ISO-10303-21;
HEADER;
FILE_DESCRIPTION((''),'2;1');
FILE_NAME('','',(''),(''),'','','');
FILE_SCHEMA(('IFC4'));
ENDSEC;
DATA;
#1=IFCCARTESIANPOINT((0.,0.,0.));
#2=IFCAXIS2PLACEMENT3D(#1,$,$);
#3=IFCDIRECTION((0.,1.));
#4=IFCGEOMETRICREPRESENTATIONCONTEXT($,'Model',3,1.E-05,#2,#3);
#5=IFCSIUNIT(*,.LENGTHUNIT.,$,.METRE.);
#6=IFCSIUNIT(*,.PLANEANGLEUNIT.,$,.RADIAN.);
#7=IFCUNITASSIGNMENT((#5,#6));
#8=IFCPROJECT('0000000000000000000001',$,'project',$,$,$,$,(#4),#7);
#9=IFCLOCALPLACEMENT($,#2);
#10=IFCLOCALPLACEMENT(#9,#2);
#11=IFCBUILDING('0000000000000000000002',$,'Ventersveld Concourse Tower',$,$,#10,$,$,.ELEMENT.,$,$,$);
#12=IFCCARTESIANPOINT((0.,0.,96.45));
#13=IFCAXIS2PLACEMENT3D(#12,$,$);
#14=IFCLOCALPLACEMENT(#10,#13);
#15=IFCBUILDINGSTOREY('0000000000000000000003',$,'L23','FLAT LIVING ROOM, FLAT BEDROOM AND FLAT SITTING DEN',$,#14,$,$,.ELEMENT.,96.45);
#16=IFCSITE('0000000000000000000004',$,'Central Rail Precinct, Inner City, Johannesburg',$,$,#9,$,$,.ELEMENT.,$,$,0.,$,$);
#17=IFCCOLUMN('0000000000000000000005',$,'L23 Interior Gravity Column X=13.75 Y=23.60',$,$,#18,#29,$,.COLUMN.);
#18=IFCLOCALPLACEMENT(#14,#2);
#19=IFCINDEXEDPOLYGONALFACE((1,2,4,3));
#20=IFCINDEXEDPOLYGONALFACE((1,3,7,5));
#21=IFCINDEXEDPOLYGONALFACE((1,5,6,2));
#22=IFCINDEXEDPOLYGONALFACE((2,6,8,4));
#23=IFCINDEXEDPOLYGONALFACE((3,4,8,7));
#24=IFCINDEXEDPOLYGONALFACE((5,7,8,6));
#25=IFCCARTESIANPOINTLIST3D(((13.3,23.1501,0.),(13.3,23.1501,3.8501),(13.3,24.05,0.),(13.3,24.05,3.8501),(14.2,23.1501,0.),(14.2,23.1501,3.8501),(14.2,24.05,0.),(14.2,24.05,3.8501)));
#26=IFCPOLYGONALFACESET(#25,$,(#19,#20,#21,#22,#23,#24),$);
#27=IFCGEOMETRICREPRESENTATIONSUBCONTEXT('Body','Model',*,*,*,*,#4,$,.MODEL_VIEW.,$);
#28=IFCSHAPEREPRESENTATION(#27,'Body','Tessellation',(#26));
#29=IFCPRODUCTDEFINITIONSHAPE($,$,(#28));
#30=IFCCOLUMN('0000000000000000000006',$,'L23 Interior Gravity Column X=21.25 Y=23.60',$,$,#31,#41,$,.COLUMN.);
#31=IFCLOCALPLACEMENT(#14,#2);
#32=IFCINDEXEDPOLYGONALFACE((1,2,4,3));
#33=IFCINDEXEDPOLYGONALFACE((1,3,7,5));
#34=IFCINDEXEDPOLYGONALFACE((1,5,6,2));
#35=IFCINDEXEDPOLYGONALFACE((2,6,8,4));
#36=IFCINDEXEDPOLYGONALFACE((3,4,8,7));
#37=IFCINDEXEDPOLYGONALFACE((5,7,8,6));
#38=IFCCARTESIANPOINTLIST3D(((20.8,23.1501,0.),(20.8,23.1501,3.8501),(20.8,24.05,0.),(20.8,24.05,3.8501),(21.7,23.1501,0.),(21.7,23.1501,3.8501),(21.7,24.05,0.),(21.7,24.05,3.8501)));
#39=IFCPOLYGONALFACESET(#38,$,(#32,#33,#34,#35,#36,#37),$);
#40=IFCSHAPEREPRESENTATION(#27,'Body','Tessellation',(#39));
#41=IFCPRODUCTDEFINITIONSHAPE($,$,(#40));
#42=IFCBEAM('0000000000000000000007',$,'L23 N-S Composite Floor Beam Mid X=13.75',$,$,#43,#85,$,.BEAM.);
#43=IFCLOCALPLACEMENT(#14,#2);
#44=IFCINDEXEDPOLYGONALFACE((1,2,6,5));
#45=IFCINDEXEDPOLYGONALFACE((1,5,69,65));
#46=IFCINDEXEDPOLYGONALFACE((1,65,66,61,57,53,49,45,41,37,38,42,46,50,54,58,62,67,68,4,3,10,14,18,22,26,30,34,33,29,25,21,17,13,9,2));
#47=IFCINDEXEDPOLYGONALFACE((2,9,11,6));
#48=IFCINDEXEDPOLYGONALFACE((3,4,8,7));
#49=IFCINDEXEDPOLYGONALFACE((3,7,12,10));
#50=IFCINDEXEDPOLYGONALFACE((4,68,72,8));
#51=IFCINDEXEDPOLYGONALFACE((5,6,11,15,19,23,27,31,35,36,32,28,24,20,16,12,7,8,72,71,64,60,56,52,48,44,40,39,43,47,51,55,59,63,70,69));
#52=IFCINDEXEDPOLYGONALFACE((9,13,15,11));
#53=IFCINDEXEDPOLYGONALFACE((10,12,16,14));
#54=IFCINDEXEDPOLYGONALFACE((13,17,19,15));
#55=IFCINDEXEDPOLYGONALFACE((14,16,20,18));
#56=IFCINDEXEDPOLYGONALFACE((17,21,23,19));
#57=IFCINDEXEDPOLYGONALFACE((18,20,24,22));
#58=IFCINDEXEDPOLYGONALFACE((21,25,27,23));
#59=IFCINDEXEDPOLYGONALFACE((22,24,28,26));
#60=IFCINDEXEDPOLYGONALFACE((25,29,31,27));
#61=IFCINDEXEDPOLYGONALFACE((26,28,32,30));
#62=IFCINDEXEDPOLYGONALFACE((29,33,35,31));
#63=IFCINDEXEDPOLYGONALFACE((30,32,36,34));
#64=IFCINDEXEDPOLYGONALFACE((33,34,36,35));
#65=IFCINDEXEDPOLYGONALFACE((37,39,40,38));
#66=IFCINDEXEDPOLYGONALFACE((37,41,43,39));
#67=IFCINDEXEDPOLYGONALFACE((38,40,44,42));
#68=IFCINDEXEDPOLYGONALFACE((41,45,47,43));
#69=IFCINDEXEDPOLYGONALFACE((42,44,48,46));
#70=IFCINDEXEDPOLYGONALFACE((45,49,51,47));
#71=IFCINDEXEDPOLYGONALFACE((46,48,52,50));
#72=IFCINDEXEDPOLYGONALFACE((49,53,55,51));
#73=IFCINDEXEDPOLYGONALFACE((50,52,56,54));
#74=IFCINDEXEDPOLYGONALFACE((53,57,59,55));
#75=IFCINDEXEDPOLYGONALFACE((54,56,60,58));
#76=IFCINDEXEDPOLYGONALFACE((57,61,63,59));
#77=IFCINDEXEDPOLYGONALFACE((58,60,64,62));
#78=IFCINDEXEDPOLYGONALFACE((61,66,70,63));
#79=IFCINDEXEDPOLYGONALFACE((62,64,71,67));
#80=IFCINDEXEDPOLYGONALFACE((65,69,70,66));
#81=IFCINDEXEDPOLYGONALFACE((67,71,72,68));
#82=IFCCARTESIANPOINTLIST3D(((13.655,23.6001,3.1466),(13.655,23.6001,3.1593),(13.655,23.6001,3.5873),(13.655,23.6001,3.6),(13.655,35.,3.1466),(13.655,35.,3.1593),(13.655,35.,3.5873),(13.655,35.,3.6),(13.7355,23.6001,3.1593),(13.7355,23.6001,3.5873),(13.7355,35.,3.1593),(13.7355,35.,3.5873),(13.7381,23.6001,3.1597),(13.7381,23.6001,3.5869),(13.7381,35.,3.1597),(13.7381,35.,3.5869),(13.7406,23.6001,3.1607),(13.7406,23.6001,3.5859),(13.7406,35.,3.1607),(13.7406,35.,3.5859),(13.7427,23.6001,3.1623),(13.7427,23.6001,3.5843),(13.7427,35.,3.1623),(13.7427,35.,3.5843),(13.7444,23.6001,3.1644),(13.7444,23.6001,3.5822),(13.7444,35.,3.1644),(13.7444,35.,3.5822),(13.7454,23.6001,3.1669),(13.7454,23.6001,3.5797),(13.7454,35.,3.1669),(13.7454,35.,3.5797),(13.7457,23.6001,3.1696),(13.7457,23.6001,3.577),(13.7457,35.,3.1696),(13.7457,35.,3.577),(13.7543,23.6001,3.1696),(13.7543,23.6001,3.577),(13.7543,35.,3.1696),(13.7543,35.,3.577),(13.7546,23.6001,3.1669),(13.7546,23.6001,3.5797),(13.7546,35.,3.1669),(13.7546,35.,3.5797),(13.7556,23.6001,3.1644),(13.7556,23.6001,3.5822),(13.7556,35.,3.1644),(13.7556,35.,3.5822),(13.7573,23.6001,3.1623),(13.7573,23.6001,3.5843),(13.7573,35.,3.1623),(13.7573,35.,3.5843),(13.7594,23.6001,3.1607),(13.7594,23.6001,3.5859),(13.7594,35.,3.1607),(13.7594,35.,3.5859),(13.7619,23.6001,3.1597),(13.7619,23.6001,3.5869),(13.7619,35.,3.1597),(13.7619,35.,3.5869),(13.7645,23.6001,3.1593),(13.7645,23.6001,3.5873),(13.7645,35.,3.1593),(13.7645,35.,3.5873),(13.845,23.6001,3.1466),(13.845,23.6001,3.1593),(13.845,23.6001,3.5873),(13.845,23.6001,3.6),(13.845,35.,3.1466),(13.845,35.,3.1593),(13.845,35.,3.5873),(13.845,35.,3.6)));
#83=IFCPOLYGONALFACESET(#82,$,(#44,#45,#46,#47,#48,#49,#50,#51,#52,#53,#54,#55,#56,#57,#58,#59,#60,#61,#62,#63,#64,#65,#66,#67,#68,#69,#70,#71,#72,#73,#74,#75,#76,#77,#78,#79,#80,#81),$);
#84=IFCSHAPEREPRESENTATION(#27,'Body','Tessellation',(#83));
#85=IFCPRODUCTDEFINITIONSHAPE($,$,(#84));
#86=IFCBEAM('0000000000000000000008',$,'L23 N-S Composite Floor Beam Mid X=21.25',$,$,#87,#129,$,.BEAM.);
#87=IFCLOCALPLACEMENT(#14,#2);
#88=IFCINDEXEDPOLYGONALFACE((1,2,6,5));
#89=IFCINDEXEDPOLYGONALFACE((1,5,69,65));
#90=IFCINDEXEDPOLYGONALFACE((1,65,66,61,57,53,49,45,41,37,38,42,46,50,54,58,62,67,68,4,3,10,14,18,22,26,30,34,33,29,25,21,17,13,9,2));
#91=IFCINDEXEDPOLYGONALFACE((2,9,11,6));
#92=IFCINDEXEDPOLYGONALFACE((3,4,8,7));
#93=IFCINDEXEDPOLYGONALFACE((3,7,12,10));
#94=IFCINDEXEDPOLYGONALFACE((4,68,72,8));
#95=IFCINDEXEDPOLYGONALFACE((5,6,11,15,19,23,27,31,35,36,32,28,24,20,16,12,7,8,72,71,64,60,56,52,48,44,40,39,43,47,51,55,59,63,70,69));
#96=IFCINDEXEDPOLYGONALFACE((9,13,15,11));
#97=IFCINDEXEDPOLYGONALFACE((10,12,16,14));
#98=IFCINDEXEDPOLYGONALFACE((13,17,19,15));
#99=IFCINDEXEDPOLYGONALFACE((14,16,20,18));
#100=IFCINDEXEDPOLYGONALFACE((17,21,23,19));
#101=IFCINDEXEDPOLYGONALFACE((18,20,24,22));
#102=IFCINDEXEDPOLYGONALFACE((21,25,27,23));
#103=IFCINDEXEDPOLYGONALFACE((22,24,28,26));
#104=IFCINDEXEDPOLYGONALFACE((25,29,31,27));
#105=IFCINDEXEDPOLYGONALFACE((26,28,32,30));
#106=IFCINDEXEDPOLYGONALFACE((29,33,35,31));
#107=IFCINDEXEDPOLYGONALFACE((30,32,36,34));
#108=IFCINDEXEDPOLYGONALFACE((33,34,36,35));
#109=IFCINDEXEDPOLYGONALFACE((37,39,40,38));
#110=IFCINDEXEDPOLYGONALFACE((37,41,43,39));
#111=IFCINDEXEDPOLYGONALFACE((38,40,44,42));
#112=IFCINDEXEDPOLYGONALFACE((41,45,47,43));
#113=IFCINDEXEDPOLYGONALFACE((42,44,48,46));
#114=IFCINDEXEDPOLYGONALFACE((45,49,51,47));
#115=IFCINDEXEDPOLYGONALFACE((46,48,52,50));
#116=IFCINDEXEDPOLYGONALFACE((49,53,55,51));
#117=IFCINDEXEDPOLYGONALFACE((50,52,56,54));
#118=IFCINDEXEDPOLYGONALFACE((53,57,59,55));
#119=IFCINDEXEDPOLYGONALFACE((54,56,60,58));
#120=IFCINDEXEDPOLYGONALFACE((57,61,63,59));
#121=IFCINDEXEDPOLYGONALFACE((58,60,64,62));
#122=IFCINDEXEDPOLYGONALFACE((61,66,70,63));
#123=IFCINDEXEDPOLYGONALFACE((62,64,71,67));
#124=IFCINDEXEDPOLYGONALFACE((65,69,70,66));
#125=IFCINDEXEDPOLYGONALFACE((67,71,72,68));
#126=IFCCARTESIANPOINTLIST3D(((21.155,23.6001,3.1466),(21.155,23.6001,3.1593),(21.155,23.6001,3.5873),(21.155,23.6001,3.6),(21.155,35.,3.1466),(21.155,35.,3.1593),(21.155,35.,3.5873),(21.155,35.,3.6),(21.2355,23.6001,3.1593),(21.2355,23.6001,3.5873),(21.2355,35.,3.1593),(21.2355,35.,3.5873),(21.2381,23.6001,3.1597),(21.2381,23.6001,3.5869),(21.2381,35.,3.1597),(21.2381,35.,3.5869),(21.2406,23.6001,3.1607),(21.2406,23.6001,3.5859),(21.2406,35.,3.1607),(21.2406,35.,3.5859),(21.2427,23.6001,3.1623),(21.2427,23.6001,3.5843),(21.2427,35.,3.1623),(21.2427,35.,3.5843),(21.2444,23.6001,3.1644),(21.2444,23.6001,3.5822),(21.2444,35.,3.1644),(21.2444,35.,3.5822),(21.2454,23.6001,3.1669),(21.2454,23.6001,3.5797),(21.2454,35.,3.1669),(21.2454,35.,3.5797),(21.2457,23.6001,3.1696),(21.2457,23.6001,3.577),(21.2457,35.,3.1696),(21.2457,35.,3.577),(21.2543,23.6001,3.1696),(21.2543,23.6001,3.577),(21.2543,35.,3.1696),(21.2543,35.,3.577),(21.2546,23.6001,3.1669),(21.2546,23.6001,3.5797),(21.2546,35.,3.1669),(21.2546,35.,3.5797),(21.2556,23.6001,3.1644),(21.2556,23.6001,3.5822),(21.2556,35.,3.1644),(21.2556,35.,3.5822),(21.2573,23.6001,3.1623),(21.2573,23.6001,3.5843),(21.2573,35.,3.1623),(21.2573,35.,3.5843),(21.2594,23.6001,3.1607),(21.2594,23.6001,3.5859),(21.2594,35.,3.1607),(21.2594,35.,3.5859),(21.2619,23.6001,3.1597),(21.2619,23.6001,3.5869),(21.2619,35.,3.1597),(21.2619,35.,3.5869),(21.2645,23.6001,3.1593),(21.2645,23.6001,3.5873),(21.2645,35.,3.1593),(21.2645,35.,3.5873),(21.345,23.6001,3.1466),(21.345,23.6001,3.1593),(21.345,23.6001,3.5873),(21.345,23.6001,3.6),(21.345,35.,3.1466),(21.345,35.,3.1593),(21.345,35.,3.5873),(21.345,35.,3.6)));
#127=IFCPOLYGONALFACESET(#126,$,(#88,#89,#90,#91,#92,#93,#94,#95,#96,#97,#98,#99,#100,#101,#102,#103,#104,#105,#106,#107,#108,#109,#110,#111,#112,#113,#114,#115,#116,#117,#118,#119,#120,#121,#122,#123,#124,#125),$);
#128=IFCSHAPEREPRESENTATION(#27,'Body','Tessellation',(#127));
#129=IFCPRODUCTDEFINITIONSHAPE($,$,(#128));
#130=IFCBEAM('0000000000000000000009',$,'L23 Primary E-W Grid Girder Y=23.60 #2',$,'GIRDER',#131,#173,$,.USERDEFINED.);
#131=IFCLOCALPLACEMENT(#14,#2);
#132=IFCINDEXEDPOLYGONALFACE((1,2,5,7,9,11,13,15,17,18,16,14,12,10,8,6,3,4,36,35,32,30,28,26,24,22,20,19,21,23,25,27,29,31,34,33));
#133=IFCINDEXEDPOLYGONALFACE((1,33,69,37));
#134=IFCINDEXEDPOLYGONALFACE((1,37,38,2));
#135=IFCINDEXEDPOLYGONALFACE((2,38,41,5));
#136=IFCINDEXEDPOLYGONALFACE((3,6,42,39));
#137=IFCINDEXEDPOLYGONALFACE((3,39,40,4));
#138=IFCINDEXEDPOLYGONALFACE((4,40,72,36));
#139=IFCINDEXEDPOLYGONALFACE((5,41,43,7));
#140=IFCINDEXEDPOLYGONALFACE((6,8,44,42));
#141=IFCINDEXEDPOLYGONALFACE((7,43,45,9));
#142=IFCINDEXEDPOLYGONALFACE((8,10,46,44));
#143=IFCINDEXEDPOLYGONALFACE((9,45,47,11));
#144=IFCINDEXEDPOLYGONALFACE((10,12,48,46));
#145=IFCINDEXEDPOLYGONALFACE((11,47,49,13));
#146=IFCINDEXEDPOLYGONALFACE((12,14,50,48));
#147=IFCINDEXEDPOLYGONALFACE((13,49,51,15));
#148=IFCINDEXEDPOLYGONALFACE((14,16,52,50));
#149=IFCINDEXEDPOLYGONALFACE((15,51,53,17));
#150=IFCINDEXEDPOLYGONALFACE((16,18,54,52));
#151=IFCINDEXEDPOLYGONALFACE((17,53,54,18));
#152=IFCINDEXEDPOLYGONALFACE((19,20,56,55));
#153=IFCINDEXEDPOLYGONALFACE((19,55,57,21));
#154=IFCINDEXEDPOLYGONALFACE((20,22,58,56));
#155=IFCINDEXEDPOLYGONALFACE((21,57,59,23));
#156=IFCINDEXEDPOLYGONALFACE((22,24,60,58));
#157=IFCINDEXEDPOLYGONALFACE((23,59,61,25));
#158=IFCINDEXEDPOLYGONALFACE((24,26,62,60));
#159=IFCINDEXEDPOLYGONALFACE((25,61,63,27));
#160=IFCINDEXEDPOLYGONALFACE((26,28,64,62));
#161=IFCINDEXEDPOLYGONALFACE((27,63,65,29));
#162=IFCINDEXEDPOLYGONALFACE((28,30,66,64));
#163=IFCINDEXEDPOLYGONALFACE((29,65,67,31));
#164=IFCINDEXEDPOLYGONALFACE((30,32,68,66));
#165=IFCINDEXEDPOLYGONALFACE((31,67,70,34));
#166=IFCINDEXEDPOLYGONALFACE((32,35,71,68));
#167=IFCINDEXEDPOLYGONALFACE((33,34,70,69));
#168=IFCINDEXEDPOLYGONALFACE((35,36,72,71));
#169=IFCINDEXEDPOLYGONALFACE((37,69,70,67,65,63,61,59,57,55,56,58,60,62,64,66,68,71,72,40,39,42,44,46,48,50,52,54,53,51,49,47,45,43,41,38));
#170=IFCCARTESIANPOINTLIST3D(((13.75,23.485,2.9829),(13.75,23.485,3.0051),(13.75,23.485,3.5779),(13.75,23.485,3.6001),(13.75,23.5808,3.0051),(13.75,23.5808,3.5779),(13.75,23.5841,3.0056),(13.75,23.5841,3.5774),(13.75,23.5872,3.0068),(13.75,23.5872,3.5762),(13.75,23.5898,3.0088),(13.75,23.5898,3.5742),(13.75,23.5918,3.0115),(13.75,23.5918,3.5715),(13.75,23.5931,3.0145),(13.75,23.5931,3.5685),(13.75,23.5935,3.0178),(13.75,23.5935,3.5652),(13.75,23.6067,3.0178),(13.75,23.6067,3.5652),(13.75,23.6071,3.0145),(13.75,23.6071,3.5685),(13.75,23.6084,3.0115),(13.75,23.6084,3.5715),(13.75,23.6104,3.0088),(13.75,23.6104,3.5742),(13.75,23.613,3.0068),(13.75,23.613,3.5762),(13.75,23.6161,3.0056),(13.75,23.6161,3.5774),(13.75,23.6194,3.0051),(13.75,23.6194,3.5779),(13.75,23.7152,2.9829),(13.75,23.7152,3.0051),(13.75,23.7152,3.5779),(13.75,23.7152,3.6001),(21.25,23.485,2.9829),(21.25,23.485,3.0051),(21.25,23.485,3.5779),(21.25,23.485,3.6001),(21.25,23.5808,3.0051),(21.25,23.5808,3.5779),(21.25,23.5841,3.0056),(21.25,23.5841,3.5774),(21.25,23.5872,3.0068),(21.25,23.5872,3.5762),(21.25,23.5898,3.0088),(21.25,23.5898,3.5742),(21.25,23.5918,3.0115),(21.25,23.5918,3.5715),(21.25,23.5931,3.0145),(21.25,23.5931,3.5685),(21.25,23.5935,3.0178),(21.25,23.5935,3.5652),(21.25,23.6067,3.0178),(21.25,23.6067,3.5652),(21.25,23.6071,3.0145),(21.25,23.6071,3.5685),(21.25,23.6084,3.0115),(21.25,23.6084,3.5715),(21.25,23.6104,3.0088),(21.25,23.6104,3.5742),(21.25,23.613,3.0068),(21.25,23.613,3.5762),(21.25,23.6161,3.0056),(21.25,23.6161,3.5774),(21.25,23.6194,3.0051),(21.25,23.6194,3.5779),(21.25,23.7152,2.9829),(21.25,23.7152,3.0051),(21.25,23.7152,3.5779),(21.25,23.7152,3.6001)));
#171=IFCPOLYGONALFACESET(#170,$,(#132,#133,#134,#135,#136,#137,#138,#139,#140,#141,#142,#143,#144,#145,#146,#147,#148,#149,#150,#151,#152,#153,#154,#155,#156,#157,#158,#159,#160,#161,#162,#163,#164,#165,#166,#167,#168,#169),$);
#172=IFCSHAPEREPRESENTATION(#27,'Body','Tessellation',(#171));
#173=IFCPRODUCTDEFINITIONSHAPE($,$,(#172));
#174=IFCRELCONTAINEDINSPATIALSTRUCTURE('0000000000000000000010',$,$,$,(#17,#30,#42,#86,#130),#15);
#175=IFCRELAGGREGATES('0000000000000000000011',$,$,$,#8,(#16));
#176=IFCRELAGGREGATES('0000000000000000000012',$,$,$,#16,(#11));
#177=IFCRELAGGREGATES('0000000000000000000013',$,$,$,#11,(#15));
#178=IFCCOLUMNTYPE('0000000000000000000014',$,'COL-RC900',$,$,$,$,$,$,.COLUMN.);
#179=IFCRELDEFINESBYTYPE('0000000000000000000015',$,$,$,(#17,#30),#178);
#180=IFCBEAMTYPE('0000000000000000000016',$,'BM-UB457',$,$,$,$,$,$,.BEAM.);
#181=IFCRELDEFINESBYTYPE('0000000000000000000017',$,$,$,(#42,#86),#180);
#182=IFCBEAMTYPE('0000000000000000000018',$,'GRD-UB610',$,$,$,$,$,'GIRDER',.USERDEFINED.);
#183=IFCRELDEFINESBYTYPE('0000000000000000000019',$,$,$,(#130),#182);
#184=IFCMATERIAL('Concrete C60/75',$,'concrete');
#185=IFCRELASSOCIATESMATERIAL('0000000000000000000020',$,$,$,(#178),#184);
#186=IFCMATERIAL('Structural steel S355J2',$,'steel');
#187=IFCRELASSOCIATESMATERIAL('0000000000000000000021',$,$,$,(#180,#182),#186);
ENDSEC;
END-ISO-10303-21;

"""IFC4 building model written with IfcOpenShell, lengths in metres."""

from ifc_helpers import new_model, si_unit, direction, frame, origin, origin_2d, place, context, subcontext, project, spatial, rectangle, i_section, extrude, material, material_profile, profile_set, type_object, element, save


model = new_model("IFC4")

# Units and contexts
model_context = context("Model", 3, precision=1e-05, world=origin(), true_north=direction((0.0, 1.0)))
body_context = subcontext(model_context, "Body", "Model", "MODEL_VIEW")
ifc_project = project(units=[si_unit("LENGTHUNIT", "METRE"), si_unit("PLANEANGLEUNIT", "RADIAN")], contexts=[model_context])

# Site, building, storey
site_placement = place(None, origin())
site = spatial("IfcSite", under=ifc_project, at=site_placement, Name="Central Rail Precinct, Inner City, Johannesburg", CompositionType="ELEMENT", RefElevation=0.0)
building_placement = place(site_placement, origin())
building = spatial("IfcBuilding", under=site, at=building_placement, Name="Ventersveld Concourse Tower", CompositionType="ELEMENT")
storey_placement = place(building_placement, frame((0.0, 0.0, 96.45)))
storey = spatial("IfcBuildingStorey", under=building, at=storey_placement, Name="L23", Description="FLAT LIVING ROOM, FLAT BEDROOM AND FLAT SITTING DEN", CompositionType="ELEMENT", Elevation=96.45)

# Columns
ifc_material_1 = material(Name="Concrete C60/75", Category="concrete")
ifc_material_profile_1 = material_profile(ifc_material_1, rectangle(XDim=0.8999, YDim=0.8999, at=origin_2d()), Name="RC 900x900")
ifc_profile_set_1 = profile_set([ifc_material_profile_1], Name="Concrete C60/75")
column_type = type_object("IfcColumnType", Name="COL-RC900", PredefinedType="COLUMN", material=ifc_profile_set_1)
for number, where, z_axis, x_axis, name in (
    (1, (13.75, 23.6001, 0.0), (0.0, 0.0, 1.0), (1.0, 0.0, 0.0), "L23 Interior Gravity Column X=13.75 Y=23.60"),
    (2, (21.25, 23.6001, 0.0), (0.0, 0.0, 1.0), (1.0, 0.0, 0.0), "L23 Interior Gravity Column X=21.25 Y=23.60"),
):
    element("IfcColumn", number, at=place(storey_placement, frame(where, z_axis=z_axis, x_axis=x_axis)), inside=storey, type_object=column_type, Name=name, PredefinedType="COLUMN", context=body_context, shape_type="SweptSolid", body=[
        extrude(rectangle(XDim=0.8999, YDim=0.8999, at=origin_2d()), origin(), (0.0, 0.0, 1.0), 3.8501),
    ])

# Beams
ifc_material_2 = material(Name="Structural steel S355J2", Category="steel")
ifc_material_profile_2 = material_profile(ifc_material_2, i_section(OverallWidth=0.1899, OverallDepth=0.4534, WebThickness=0.0085, FlangeThickness=0.0127, FilletRadius=0.0103, at=origin_2d()), Name="UB 457x191x67")
ifc_profile_set_2 = profile_set([ifc_material_profile_2], Name="Structural steel S355J2")
beam_type_1 = type_object("IfcBeamType", Name="BM-UB457", PredefinedType="BEAM", material=ifc_profile_set_2)
for number, where, z_axis, x_axis, name in (
    (3, (13.75, 23.6001, 3.3733), (0.0, 1.0, 0.0), (-1.0, 0.0, 0.0), "L23 N-S Composite Floor Beam Mid X=13.75"),
    (4, (21.25, 23.6001, 3.3733), (0.0, 1.0, 0.0), (-1.0, 0.0, 0.0), "L23 N-S Composite Floor Beam Mid X=21.25"),
):
    element("IfcBeam", number, at=place(storey_placement, frame(where, z_axis=z_axis, x_axis=x_axis)), inside=storey, type_object=beam_type_1, Name=name, PredefinedType="BEAM", context=body_context, shape_type="SweptSolid", body=[
        extrude(i_section(OverallWidth=0.1899, OverallDepth=0.4534, WebThickness=0.0085, FlangeThickness=0.0127, FilletRadius=0.0103, at=origin_2d()), origin(), (0.0, 0.0, 1.0), 11.3999),
    ])
ifc_material_profile_3 = material_profile(ifc_material_2, i_section(OverallWidth=0.2302, OverallDepth=0.6172, WebThickness=0.0132, FlangeThickness=0.0222, FilletRadius=0.0127, at=origin_2d()), Name="UB 610x229x140")
ifc_profile_set_3 = profile_set([ifc_material_profile_3], Name="Structural steel S355J2")
beam_type_2 = type_object("IfcBeamType", Name="GRD-UB610", ElementType="GIRDER", PredefinedType="USERDEFINED", material=ifc_profile_set_3)
for number, where, z_axis, x_axis, name in (
    (5, (13.75, 23.6001, 3.2915), (1.0, 0.0, 0.0), (0.0, 1.0, 0.0), "L23 Primary E-W Grid Girder Y=23.60 #2"),
):
    element("IfcBeam", number, at=place(storey_placement, frame(where, z_axis=z_axis, x_axis=x_axis)), inside=storey, type_object=beam_type_2, Name=name, ObjectType="GIRDER", PredefinedType="USERDEFINED", context=body_context, shape_type="SweptSolid", body=[
        extrude(i_section(OverallWidth=0.2302, OverallDepth=0.6172, WebThickness=0.0132, FlangeThickness=0.0222, FilletRadius=0.0127, at=origin_2d()), origin(), (0.0, 0.0, 1.0), 7.5),
    ])

save(model, "model.ifc")
